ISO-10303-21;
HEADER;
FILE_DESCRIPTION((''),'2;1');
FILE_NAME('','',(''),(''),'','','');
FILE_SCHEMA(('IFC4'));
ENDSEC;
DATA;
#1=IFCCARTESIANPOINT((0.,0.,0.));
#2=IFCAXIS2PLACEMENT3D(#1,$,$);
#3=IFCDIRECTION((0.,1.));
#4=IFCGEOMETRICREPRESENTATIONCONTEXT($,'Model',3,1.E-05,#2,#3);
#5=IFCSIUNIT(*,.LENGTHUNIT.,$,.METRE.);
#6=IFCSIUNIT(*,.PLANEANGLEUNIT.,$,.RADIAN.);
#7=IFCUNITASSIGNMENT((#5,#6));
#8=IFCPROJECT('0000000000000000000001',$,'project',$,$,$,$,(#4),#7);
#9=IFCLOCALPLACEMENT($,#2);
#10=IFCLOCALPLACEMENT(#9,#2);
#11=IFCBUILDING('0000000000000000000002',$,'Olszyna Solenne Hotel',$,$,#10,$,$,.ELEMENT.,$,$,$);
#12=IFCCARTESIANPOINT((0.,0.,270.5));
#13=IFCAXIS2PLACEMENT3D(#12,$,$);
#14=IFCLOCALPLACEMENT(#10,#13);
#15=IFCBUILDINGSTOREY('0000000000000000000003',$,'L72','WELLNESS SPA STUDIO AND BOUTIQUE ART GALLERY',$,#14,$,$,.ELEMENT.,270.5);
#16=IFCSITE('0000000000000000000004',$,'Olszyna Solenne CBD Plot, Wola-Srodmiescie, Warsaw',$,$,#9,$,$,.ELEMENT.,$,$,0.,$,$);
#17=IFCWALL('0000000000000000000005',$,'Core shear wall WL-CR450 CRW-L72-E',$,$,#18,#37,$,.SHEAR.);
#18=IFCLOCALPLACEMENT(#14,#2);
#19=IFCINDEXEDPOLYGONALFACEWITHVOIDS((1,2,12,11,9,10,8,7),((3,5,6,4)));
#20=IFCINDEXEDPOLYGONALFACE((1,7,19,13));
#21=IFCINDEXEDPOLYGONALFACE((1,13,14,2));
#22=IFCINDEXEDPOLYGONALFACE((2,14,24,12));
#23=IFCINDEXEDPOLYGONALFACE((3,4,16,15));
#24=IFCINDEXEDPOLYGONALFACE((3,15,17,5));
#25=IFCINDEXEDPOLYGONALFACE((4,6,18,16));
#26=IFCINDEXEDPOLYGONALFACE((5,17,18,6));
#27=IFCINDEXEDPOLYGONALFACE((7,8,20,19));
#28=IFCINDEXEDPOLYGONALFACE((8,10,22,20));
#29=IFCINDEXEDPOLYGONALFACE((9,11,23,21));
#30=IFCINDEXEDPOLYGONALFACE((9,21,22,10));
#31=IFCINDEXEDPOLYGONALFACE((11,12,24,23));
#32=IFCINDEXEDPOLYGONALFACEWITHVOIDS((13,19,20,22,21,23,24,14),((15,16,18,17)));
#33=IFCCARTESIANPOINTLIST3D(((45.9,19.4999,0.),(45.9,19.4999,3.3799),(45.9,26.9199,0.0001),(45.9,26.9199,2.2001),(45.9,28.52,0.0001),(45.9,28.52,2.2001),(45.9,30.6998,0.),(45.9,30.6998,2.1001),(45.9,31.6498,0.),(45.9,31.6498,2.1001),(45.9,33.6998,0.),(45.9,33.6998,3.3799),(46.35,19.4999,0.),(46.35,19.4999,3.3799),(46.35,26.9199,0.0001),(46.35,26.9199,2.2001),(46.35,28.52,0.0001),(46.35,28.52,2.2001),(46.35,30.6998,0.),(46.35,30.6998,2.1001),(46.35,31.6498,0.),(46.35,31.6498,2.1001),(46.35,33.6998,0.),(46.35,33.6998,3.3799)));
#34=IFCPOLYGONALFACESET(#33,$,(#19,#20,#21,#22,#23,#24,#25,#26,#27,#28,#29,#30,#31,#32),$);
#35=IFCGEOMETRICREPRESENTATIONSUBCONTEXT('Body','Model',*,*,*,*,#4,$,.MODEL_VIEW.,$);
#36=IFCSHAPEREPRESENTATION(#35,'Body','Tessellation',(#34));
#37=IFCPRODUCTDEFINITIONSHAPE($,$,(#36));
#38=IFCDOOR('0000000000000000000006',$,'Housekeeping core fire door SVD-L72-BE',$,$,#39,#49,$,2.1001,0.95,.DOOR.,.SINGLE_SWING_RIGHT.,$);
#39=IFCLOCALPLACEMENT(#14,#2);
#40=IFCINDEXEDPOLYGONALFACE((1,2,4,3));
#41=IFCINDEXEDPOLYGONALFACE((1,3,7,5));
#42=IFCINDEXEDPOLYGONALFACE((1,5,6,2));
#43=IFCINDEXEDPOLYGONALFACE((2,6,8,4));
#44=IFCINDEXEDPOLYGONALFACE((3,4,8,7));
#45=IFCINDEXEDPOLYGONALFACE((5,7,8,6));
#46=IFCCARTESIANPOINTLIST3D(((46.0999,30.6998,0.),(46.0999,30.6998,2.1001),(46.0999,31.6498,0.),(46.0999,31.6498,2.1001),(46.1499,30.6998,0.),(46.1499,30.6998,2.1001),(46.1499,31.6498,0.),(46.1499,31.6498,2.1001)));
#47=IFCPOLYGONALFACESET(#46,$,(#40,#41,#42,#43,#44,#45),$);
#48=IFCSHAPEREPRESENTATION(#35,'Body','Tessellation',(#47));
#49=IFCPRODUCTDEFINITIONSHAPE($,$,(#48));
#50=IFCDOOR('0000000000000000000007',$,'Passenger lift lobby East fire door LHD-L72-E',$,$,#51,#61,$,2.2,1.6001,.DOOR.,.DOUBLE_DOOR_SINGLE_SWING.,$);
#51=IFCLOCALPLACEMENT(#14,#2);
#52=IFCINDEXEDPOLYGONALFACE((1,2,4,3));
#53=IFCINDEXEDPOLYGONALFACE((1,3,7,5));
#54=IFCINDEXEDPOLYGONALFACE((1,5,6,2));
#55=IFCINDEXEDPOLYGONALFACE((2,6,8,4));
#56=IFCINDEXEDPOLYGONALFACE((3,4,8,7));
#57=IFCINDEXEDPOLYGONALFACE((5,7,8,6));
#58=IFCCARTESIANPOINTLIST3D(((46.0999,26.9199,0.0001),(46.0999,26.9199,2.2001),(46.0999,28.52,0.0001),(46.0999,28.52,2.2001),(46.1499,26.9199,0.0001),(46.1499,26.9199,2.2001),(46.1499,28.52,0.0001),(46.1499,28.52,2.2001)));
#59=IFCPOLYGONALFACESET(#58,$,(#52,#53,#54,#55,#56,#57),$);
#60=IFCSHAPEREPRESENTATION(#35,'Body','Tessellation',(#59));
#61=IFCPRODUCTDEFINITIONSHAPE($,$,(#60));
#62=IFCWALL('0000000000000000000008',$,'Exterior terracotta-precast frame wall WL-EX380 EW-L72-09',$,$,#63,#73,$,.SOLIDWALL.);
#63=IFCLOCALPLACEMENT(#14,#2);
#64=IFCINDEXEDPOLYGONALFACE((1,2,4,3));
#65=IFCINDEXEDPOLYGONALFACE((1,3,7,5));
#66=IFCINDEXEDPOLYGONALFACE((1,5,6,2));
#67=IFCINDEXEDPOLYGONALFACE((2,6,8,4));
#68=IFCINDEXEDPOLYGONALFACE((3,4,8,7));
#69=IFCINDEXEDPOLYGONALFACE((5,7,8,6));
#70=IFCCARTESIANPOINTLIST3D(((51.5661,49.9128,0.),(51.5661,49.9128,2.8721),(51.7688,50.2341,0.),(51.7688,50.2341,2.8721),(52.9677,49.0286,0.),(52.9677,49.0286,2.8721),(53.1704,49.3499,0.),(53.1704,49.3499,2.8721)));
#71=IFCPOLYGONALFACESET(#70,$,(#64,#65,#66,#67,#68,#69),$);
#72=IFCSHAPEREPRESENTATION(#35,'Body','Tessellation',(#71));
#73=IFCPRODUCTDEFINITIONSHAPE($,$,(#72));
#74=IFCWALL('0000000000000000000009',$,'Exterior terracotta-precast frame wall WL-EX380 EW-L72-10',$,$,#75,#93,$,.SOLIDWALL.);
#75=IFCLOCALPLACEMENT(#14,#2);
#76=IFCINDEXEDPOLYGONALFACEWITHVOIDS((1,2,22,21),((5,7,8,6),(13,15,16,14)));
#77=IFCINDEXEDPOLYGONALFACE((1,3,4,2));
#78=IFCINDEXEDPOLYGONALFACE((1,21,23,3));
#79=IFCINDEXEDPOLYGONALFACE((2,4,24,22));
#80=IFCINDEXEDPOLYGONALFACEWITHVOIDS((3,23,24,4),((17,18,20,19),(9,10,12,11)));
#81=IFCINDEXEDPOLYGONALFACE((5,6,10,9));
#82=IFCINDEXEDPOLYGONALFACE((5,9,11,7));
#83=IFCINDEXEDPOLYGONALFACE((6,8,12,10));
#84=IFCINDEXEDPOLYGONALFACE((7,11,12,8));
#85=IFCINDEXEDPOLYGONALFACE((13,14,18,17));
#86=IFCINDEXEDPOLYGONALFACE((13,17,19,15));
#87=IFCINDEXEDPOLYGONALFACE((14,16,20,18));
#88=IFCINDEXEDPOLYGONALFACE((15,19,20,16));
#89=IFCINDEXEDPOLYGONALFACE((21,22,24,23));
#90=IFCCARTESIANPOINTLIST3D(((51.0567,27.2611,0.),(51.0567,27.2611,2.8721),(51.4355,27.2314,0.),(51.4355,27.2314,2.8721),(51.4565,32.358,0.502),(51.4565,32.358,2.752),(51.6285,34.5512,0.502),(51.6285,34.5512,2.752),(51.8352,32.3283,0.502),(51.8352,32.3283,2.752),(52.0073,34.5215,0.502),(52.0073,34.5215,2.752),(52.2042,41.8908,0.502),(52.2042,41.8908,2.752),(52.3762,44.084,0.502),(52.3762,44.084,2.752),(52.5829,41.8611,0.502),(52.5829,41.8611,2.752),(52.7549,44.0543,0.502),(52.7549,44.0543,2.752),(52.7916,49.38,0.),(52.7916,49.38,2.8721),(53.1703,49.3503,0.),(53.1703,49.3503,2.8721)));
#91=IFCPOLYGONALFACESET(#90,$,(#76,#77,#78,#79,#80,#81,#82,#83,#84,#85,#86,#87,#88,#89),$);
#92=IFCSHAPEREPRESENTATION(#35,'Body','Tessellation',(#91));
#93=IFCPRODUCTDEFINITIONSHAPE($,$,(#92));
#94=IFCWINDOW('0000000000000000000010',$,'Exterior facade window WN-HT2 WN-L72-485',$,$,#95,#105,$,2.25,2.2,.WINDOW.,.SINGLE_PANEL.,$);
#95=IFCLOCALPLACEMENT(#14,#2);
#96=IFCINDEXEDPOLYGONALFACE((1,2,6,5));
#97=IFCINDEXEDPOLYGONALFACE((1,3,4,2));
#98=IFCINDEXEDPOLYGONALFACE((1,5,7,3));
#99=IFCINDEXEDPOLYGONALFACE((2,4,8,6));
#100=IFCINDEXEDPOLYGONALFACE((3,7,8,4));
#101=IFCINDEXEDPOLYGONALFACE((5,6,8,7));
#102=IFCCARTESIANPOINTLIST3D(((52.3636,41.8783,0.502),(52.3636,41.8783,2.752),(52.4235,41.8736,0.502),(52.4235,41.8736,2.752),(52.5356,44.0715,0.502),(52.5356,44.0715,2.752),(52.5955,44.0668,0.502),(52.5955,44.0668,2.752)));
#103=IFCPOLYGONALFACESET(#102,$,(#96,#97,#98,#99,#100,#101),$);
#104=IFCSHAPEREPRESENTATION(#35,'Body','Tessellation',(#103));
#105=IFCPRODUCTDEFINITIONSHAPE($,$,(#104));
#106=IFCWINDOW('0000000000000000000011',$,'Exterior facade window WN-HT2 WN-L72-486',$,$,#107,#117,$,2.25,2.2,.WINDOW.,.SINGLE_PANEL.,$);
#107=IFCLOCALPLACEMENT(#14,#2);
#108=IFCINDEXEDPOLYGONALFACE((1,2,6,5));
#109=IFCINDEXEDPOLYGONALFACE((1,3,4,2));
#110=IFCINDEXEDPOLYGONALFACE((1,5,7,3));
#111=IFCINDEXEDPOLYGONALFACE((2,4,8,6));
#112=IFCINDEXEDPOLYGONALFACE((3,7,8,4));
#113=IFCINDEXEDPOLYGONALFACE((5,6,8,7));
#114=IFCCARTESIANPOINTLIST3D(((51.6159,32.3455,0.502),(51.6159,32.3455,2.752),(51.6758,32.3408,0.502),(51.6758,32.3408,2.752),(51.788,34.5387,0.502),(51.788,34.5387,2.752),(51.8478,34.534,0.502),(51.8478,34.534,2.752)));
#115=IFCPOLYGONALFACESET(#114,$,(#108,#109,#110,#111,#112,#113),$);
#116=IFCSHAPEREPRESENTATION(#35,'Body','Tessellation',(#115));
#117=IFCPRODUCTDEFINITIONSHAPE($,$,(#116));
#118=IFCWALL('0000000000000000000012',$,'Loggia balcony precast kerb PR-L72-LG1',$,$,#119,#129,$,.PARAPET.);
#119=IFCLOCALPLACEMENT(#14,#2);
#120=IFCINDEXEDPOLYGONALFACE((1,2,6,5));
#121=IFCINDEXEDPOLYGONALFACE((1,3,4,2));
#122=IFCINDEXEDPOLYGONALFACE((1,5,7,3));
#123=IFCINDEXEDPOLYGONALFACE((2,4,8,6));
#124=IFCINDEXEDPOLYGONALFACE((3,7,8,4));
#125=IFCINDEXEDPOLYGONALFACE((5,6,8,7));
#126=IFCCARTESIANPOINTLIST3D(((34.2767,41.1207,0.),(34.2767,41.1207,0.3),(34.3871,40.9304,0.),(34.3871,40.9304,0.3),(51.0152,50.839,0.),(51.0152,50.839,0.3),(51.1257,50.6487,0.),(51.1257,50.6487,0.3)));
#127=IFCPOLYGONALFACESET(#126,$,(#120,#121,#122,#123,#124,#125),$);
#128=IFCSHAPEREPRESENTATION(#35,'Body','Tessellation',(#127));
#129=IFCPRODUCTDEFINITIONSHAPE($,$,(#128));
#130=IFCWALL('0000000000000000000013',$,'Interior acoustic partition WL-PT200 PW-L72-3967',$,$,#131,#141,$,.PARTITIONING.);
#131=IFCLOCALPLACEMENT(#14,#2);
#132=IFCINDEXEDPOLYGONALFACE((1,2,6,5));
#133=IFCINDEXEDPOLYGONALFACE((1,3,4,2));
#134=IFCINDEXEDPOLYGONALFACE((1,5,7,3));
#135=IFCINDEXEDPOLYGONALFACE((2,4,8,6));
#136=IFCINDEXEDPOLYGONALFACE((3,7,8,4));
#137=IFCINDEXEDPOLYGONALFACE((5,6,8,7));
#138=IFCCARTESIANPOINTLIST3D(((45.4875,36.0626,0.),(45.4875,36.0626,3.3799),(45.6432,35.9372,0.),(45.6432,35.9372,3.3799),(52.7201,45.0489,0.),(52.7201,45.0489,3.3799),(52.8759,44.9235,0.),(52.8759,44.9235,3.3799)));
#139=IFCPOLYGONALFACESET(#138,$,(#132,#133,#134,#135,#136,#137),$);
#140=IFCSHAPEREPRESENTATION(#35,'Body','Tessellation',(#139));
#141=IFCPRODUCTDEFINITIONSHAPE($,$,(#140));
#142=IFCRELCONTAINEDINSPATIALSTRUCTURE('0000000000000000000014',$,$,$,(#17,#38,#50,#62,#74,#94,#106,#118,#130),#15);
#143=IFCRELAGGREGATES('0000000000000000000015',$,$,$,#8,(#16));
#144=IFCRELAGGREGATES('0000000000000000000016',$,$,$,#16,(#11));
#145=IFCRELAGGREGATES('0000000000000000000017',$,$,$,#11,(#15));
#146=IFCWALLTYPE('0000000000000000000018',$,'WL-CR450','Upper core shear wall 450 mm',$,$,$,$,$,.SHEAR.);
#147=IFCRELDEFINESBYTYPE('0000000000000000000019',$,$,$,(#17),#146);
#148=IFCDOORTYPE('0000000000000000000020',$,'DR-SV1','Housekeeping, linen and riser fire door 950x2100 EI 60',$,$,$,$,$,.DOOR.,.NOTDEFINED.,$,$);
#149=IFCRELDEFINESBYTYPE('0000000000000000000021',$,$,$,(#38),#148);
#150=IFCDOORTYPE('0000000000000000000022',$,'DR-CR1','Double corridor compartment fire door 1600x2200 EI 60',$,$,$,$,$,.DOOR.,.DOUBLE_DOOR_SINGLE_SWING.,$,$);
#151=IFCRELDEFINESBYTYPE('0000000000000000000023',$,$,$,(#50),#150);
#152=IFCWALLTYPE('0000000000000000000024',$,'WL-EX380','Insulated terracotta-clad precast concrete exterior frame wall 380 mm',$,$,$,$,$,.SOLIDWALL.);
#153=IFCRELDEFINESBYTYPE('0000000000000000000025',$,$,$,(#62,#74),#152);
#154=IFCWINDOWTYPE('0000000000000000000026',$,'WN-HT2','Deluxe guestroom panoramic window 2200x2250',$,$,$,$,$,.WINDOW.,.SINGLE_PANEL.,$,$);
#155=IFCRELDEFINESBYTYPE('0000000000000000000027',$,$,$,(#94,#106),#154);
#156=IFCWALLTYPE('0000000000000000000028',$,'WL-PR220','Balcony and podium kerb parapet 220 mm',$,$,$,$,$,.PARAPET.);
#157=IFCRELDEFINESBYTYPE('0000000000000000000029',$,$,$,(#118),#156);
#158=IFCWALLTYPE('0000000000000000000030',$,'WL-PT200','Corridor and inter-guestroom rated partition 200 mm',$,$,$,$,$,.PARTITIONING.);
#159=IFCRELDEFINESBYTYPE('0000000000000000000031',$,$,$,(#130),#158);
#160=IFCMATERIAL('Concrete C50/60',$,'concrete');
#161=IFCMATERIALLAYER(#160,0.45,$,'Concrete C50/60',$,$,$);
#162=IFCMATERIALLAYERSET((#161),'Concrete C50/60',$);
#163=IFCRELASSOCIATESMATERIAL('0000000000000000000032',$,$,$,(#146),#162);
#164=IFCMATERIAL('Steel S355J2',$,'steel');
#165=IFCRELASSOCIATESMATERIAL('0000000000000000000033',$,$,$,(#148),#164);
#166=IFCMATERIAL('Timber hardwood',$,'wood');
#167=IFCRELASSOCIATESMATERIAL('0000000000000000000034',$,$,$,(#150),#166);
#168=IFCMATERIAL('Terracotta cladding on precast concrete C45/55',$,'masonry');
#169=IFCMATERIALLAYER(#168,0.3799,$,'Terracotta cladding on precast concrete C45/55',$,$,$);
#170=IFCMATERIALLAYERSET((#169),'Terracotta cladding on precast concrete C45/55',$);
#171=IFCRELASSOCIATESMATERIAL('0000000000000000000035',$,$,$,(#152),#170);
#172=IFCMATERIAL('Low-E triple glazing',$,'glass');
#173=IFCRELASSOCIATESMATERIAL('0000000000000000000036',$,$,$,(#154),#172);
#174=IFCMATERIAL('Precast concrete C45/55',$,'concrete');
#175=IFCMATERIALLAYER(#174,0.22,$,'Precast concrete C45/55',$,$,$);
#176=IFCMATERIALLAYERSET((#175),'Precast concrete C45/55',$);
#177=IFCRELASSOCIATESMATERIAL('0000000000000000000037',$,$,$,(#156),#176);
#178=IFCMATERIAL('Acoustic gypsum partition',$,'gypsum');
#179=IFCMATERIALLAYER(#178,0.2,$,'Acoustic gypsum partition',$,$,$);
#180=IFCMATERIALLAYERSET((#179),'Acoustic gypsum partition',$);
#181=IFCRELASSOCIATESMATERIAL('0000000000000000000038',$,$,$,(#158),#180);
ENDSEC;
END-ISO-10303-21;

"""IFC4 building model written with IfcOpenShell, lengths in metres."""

from ifc_helpers import new_model, si_unit, direction, frame, frame_2d, origin, place, context, subcontext, project, spatial, rectangle, extrude, source, transform, mapped, material, layer, layer_set, type_object, type_shapes, element, fill, save


model = new_model("IFC4")

# Units and contexts
model_context = context("Model", 3, precision=1e-05, world=origin(), true_north=direction((0.0, 1.0)))
body_context = subcontext(model_context, "Body", "Model", "MODEL_VIEW")
ifc_project = project(units=[si_unit("LENGTHUNIT", "METRE"), si_unit("PLANEANGLEUNIT", "RADIAN")], contexts=[model_context])

# Site, building, storey
site_placement = place(None, origin())
site = spatial("IfcSite", under=ifc_project, at=site_placement, Name="Olszyna Solenne CBD Plot, Wola-Srodmiescie, Warsaw", CompositionType="ELEMENT", RefElevation=0.0)
building_placement = place(site_placement, origin())
building = spatial("IfcBuilding", under=site, at=building_placement, Name="Olszyna Solenne Hotel", CompositionType="ELEMENT")
storey_placement = place(building_placement, frame((0.0, 0.0, 270.5)))
storey = spatial("IfcBuildingStorey", under=building, at=storey_placement, Name="L72", Description="WELLNESS SPA STUDIO AND BOUTIQUE ART GALLERY", CompositionType="ELEMENT", Elevation=270.5)

# Shared definitions
ifc_material_1 = material(Name="Steel S355J2", Category="steel")

# Wall, openings, doors
ifc_material_2 = material(Name="Concrete C50/60", Category="concrete")
ifc_layer_1 = layer(ifc_material_2, 0.45, Name="Concrete C50/60")
ifc_layer_set_1 = layer_set([ifc_layer_1], Name="Concrete C50/60")
wall_type_1 = type_object("IfcWallType", Name="WL-CR450", Description="Upper core shear wall 450 mm", PredefinedType="SHEAR", material=ifc_layer_set_1)
wall_1_placement = place(storey_placement, frame((46.125, 33.7, 0.0), z_axis=(0.0, 0.0, 1.0), x_axis=(0.0, -1.0, 0.0)))
wall_1 = element("IfcWall", 1, at=wall_1_placement, inside=storey, type_object=wall_type_1, Name="Core shear wall WL-CR450 CRW-L72-E", PredefinedType="SHEAR", context=body_context, shape_type="SweptSolid", body=[
    extrude(rectangle(XDim=14.2, YDim=0.45, at=frame_2d((7.1001, 0.0))), origin(), (0.0, 0.0, 1.0), 3.3799),
])
opening_1_placement = place(wall_1_placement, frame((5.1799, 0.0, 0.0)))
opening_1 = element("IfcOpeningElement", 2, at=opening_1_placement, cuts=wall_1, PredefinedType="OPENING", context=body_context, shape_type="SweptSolid", body=[
    extrude(rectangle(XDim=1.6001, YDim=2.2, at=frame_2d((0.8, 1.1001))), frame((0.0, 0.2349, 0.0), z_axis=(0.0, -1.0, 0.0), x_axis=(1.0, 0.0, 0.0)), (0.0, 0.0, 1.0), 0.47),
])
opening_2_placement = place(wall_1_placement, frame((2.05, 0.0, 0.0)))
opening_2 = element("IfcOpeningElement", 3, at=opening_2_placement, cuts=wall_1, PredefinedType="OPENING", context=body_context, shape_type="SweptSolid", body=[
    extrude(rectangle(XDim=0.95, YDim=2.1001, at=frame_2d((0.4751, 1.05))), frame((0.0, 0.2349, 0.0), z_axis=(0.0, -1.0, 0.0), x_axis=(1.0, 0.0, 0.0)), (0.0, 0.0, 1.0), 0.47),
])
door_type_1 = type_object("IfcDoorType", Name="DR-SV1", Description="Housekeeping, linen and riser fire door 950x2100 EI 60", OperationType="NOTDEFINED", PredefinedType="DOOR", material=ifc_material_1)
shared_shape_1 = source(origin(), body_context, "Body", "SweptSolid", [
    extrude(rectangle(XDim=0.95, YDim=2.1001, at=frame_2d((0.4751, 1.05))), frame((0.0, 0.0249, 0.0), z_axis=(0.0, -1.0, 0.0), x_axis=(1.0, 0.0, 0.0)), (0.0, 0.0, 1.0), 0.05),
])
type_shapes(door_type_1, [shared_shape_1])
door_1_placement = place(opening_2_placement, origin())
door_1 = element("IfcDoor", 4, at=door_1_placement, inside=storey, type_object=door_type_1, Name="Housekeeping core fire door SVD-L72-BE", OperationType="SINGLE_SWING_RIGHT", OverallHeight=2.1001, OverallWidth=0.95, PredefinedType="DOOR", context=body_context, shape_type="MappedRepresentation", body=[
    mapped(shared_shape_1, transform((0.0, 0.0, 0.0), x_axis=(1.0, 0.0, 0.0), y_axis=(0.0, 1.0, 0.0), z_axis=(0.0, 0.0, 1.0), scale=1.0)),
])
fill(opening_2, door_1)
ifc_material_3 = material(Name="Timber hardwood", Category="wood")
door_type_2 = type_object("IfcDoorType", Name="DR-CR1", Description="Double corridor compartment fire door 1600x2200 EI 60", OperationType="DOUBLE_DOOR_SINGLE_SWING", PredefinedType="DOOR", material=ifc_material_3)
shared_shape_2 = source(origin(), body_context, "Body", "SweptSolid", [
    extrude(rectangle(XDim=1.6001, YDim=2.2, at=frame_2d((0.8, 1.1001))), frame((0.0, 0.0249, 0.0), z_axis=(0.0, -1.0, 0.0), x_axis=(1.0, 0.0, 0.0)), (0.0, 0.0, 1.0), 0.05),
])
type_shapes(door_type_2, [shared_shape_2])
door_2_placement = place(opening_1_placement, origin())
door_2 = element("IfcDoor", 5, at=door_2_placement, inside=storey, type_object=door_type_2, Name="Passenger lift lobby East fire door LHD-L72-E", OperationType="DOUBLE_DOOR_SINGLE_SWING", OverallHeight=2.2, OverallWidth=1.6001, PredefinedType="DOOR", context=body_context, shape_type="MappedRepresentation", body=[
    mapped(shared_shape_2, transform((0.0, 0.0, 0.0), x_axis=(1.0, 0.0, 0.0), y_axis=(0.0, 1.0, 0.0), z_axis=(0.0, 0.0, 1.0), scale=1.0)),
])
fill(opening_1, door_2)

# Wall
ifc_material_4 = material(Name="Terracotta cladding on precast concrete C45/55", Category="masonry")
ifc_layer_2 = layer(ifc_material_4, 0.3799, Name="Terracotta cladding on precast concrete C45/55")
ifc_layer_set_2 = layer_set([ifc_layer_2], Name="Terracotta cladding on precast concrete C45/55")
wall_type_2 = type_object("IfcWallType", Name="WL-EX380", Description="Insulated terracotta-clad precast concrete exterior frame wall 380 mm", PredefinedType="SOLIDWALL", material=ifc_layer_set_2)
wall_2_placement = place(storey_placement, frame((51.6675, 50.0735, 0.0), z_axis=(0.0, 0.0, 1.0), x_axis=(0.845748, -0.533583, 0.0)))
element("IfcWall", 6, at=wall_2_placement, inside=storey, type_object=wall_type_2, Name="Exterior terracotta-precast frame wall WL-EX380 EW-L72-09", PredefinedType="SOLIDWALL", context=body_context, shape_type="SweptSolid", body=[
    extrude(rectangle(XDim=1.6572, YDim=0.3799, at=frame_2d((0.8286, 0.0))), origin(), (0.0, 0.0, 1.0), 2.8721),
])

# Wall, openings, windows
wall_3_placement = place(storey_placement, frame((52.981, 49.365, 0.0), z_axis=(0.0, 0.0, 1.0), x_axis=(-0.078193, -0.996938, 0.0)))
wall_3 = element("IfcWall", 7, at=wall_3_placement, inside=storey, type_object=wall_type_2, Name="Exterior terracotta-precast frame wall WL-EX380 EW-L72-10", PredefinedType="SOLIDWALL", context=body_context, shape_type="SweptSolid", body=[
    extrude(rectangle(XDim=22.1868, YDim=0.3799, at=frame_2d((11.0933, 0.0))), origin(), (0.0, 0.0, 1.0), 2.8721),
])
opening_3_placement = place(wall_3_placement, frame((5.312, 0.0, 0.502)))
opening_3 = element("IfcOpeningElement", 8, at=opening_3_placement, cuts=wall_3, PredefinedType="OPENING", context=body_context, shape_type="SweptSolid", body=[
    extrude(rectangle(XDim=2.2, YDim=2.25, at=frame_2d((1.1001, 1.125))), frame((0.0, 0.2, 0.0), z_axis=(0.0, -1.0, 0.0), x_axis=(1.0, 0.0, 0.0)), (0.0, 0.0, 1.0), 0.3999),
])
opening_4_placement = place(wall_3_placement, frame((14.874, 0.0, 0.502)))
opening_4 = element("IfcOpeningElement", 9, at=opening_4_placement, cuts=wall_3, PredefinedType="OPENING", context=body_context, shape_type="SweptSolid", body=[
    extrude(rectangle(XDim=2.2, YDim=2.25, at=frame_2d((1.1001, 1.125))), frame((0.0, 0.2, 0.0), z_axis=(0.0, -1.0, 0.0), x_axis=(1.0, 0.0, 0.0)), (0.0, 0.0, 1.0), 0.3999),
])
ifc_material_5 = material(Name="Low-E triple glazing", Category="glass")
window_type = type_object("IfcWindowType", Name="WN-HT2", Description="Deluxe guestroom panoramic window 2200x2250", PartitioningType="SINGLE_PANEL", PredefinedType="WINDOW", material=ifc_material_5)
shared_shape_3 = source(origin(), body_context, "Body", "SweptSolid", [
    extrude(rectangle(XDim=2.2, YDim=2.25, at=frame_2d((1.1001, 1.125))), frame((0.0, 0.03, 0.0), z_axis=(0.0, -1.0, 0.0), x_axis=(1.0, 0.0, 0.0)), (0.0, 0.0, 1.0), 0.0601),
])
type_shapes(window_type, [shared_shape_3])
window_1_placement = place(opening_3_placement, origin())
window_1 = element("IfcWindow", 10, at=window_1_placement, inside=storey, type_object=window_type, Name="Exterior facade window WN-HT2 WN-L72-485", OverallHeight=2.25, OverallWidth=2.2, PartitioningType="SINGLE_PANEL", PredefinedType="WINDOW", context=body_context, shape_type="MappedRepresentation", body=[
    mapped(shared_shape_3, transform((0.0, 0.0, 0.0), x_axis=(1.0, 0.0, 0.0), y_axis=(0.0, 1.0, 0.0), z_axis=(0.0, 0.0, 1.0), scale=1.0)),
])
fill(opening_3, window_1)
window_2_placement = place(opening_4_placement, origin())
window_2 = element("IfcWindow", 11, at=window_2_placement, inside=storey, type_object=window_type, Name="Exterior facade window WN-HT2 WN-L72-486", OverallHeight=2.25, OverallWidth=2.2, PartitioningType="SINGLE_PANEL", PredefinedType="WINDOW", context=body_context, shape_type="MappedRepresentation", body=[
    mapped(shared_shape_3, transform((0.0, 0.0, 0.0), x_axis=(1.0, 0.0, 0.0), y_axis=(0.0, 1.0, 0.0), z_axis=(0.0, 0.0, 1.0), scale=1.0)),
])
fill(opening_4, window_2)

# Walls
ifc_material_6 = material(Name="Precast concrete C45/55", Category="concrete")
ifc_layer_3 = layer(ifc_material_6, 0.22, Name="Precast concrete C45/55")
ifc_layer_set_3 = layer_set([ifc_layer_3], Name="Precast concrete C45/55")
wall_type_3 = type_object("IfcWallType", Name="WL-PR220", Description="Balcony and podium kerb parapet 220 mm", PredefinedType="PARAPET", material=ifc_layer_set_3)
wall_4_placement = place(storey_placement, frame((51.0706, 50.7439, 0.0), z_axis=(0.0, 0.0, 1.0), x_axis=(-0.864809, -0.502101, 0.0)))
element("IfcWall", 12, at=wall_4_placement, inside=storey, type_object=wall_type_3, Name="Loggia balcony precast kerb PR-L72-LG1", PredefinedType="PARAPET", context=body_context, shape_type="SweptSolid", body=[
    extrude(rectangle(XDim=19.3552, YDim=0.22, at=frame_2d((9.6777, 0.0))), origin(), (0.0, 0.0, 1.0), 0.3),
])
ifc_material_7 = material(Name="Acoustic gypsum partition", Category="gypsum")
ifc_layer_4 = layer(ifc_material_7, 0.2, Name="Acoustic gypsum partition")
ifc_layer_set_4 = layer_set([ifc_layer_4], Name="Acoustic gypsum partition")
wall_type_4 = type_object("IfcWallType", Name="WL-PT200", Description="Corridor and inter-guestroom rated partition 200 mm", PredefinedType="PARTITIONING", material=ifc_layer_set_4)
wall_5_placement = place(storey_placement, frame((45.5654, 36.0, 0.0), z_axis=(0.0, 0.0, 1.0), x_axis=(0.626997, 0.779022, 0.0)))
element("IfcWall", 13, at=wall_5_placement, inside=storey, type_object=wall_type_4, Name="Interior acoustic partition WL-PT200 PW-L72-3967", PredefinedType="PARTITIONING", context=body_context, shape_type="SweptSolid", body=[
    extrude(rectangle(XDim=11.5354, YDim=0.2, at=frame_2d((5.7676, 0.0))), origin(), (0.0, 0.0, 1.0), 3.3799),
])

save(model, "model.ifc")
